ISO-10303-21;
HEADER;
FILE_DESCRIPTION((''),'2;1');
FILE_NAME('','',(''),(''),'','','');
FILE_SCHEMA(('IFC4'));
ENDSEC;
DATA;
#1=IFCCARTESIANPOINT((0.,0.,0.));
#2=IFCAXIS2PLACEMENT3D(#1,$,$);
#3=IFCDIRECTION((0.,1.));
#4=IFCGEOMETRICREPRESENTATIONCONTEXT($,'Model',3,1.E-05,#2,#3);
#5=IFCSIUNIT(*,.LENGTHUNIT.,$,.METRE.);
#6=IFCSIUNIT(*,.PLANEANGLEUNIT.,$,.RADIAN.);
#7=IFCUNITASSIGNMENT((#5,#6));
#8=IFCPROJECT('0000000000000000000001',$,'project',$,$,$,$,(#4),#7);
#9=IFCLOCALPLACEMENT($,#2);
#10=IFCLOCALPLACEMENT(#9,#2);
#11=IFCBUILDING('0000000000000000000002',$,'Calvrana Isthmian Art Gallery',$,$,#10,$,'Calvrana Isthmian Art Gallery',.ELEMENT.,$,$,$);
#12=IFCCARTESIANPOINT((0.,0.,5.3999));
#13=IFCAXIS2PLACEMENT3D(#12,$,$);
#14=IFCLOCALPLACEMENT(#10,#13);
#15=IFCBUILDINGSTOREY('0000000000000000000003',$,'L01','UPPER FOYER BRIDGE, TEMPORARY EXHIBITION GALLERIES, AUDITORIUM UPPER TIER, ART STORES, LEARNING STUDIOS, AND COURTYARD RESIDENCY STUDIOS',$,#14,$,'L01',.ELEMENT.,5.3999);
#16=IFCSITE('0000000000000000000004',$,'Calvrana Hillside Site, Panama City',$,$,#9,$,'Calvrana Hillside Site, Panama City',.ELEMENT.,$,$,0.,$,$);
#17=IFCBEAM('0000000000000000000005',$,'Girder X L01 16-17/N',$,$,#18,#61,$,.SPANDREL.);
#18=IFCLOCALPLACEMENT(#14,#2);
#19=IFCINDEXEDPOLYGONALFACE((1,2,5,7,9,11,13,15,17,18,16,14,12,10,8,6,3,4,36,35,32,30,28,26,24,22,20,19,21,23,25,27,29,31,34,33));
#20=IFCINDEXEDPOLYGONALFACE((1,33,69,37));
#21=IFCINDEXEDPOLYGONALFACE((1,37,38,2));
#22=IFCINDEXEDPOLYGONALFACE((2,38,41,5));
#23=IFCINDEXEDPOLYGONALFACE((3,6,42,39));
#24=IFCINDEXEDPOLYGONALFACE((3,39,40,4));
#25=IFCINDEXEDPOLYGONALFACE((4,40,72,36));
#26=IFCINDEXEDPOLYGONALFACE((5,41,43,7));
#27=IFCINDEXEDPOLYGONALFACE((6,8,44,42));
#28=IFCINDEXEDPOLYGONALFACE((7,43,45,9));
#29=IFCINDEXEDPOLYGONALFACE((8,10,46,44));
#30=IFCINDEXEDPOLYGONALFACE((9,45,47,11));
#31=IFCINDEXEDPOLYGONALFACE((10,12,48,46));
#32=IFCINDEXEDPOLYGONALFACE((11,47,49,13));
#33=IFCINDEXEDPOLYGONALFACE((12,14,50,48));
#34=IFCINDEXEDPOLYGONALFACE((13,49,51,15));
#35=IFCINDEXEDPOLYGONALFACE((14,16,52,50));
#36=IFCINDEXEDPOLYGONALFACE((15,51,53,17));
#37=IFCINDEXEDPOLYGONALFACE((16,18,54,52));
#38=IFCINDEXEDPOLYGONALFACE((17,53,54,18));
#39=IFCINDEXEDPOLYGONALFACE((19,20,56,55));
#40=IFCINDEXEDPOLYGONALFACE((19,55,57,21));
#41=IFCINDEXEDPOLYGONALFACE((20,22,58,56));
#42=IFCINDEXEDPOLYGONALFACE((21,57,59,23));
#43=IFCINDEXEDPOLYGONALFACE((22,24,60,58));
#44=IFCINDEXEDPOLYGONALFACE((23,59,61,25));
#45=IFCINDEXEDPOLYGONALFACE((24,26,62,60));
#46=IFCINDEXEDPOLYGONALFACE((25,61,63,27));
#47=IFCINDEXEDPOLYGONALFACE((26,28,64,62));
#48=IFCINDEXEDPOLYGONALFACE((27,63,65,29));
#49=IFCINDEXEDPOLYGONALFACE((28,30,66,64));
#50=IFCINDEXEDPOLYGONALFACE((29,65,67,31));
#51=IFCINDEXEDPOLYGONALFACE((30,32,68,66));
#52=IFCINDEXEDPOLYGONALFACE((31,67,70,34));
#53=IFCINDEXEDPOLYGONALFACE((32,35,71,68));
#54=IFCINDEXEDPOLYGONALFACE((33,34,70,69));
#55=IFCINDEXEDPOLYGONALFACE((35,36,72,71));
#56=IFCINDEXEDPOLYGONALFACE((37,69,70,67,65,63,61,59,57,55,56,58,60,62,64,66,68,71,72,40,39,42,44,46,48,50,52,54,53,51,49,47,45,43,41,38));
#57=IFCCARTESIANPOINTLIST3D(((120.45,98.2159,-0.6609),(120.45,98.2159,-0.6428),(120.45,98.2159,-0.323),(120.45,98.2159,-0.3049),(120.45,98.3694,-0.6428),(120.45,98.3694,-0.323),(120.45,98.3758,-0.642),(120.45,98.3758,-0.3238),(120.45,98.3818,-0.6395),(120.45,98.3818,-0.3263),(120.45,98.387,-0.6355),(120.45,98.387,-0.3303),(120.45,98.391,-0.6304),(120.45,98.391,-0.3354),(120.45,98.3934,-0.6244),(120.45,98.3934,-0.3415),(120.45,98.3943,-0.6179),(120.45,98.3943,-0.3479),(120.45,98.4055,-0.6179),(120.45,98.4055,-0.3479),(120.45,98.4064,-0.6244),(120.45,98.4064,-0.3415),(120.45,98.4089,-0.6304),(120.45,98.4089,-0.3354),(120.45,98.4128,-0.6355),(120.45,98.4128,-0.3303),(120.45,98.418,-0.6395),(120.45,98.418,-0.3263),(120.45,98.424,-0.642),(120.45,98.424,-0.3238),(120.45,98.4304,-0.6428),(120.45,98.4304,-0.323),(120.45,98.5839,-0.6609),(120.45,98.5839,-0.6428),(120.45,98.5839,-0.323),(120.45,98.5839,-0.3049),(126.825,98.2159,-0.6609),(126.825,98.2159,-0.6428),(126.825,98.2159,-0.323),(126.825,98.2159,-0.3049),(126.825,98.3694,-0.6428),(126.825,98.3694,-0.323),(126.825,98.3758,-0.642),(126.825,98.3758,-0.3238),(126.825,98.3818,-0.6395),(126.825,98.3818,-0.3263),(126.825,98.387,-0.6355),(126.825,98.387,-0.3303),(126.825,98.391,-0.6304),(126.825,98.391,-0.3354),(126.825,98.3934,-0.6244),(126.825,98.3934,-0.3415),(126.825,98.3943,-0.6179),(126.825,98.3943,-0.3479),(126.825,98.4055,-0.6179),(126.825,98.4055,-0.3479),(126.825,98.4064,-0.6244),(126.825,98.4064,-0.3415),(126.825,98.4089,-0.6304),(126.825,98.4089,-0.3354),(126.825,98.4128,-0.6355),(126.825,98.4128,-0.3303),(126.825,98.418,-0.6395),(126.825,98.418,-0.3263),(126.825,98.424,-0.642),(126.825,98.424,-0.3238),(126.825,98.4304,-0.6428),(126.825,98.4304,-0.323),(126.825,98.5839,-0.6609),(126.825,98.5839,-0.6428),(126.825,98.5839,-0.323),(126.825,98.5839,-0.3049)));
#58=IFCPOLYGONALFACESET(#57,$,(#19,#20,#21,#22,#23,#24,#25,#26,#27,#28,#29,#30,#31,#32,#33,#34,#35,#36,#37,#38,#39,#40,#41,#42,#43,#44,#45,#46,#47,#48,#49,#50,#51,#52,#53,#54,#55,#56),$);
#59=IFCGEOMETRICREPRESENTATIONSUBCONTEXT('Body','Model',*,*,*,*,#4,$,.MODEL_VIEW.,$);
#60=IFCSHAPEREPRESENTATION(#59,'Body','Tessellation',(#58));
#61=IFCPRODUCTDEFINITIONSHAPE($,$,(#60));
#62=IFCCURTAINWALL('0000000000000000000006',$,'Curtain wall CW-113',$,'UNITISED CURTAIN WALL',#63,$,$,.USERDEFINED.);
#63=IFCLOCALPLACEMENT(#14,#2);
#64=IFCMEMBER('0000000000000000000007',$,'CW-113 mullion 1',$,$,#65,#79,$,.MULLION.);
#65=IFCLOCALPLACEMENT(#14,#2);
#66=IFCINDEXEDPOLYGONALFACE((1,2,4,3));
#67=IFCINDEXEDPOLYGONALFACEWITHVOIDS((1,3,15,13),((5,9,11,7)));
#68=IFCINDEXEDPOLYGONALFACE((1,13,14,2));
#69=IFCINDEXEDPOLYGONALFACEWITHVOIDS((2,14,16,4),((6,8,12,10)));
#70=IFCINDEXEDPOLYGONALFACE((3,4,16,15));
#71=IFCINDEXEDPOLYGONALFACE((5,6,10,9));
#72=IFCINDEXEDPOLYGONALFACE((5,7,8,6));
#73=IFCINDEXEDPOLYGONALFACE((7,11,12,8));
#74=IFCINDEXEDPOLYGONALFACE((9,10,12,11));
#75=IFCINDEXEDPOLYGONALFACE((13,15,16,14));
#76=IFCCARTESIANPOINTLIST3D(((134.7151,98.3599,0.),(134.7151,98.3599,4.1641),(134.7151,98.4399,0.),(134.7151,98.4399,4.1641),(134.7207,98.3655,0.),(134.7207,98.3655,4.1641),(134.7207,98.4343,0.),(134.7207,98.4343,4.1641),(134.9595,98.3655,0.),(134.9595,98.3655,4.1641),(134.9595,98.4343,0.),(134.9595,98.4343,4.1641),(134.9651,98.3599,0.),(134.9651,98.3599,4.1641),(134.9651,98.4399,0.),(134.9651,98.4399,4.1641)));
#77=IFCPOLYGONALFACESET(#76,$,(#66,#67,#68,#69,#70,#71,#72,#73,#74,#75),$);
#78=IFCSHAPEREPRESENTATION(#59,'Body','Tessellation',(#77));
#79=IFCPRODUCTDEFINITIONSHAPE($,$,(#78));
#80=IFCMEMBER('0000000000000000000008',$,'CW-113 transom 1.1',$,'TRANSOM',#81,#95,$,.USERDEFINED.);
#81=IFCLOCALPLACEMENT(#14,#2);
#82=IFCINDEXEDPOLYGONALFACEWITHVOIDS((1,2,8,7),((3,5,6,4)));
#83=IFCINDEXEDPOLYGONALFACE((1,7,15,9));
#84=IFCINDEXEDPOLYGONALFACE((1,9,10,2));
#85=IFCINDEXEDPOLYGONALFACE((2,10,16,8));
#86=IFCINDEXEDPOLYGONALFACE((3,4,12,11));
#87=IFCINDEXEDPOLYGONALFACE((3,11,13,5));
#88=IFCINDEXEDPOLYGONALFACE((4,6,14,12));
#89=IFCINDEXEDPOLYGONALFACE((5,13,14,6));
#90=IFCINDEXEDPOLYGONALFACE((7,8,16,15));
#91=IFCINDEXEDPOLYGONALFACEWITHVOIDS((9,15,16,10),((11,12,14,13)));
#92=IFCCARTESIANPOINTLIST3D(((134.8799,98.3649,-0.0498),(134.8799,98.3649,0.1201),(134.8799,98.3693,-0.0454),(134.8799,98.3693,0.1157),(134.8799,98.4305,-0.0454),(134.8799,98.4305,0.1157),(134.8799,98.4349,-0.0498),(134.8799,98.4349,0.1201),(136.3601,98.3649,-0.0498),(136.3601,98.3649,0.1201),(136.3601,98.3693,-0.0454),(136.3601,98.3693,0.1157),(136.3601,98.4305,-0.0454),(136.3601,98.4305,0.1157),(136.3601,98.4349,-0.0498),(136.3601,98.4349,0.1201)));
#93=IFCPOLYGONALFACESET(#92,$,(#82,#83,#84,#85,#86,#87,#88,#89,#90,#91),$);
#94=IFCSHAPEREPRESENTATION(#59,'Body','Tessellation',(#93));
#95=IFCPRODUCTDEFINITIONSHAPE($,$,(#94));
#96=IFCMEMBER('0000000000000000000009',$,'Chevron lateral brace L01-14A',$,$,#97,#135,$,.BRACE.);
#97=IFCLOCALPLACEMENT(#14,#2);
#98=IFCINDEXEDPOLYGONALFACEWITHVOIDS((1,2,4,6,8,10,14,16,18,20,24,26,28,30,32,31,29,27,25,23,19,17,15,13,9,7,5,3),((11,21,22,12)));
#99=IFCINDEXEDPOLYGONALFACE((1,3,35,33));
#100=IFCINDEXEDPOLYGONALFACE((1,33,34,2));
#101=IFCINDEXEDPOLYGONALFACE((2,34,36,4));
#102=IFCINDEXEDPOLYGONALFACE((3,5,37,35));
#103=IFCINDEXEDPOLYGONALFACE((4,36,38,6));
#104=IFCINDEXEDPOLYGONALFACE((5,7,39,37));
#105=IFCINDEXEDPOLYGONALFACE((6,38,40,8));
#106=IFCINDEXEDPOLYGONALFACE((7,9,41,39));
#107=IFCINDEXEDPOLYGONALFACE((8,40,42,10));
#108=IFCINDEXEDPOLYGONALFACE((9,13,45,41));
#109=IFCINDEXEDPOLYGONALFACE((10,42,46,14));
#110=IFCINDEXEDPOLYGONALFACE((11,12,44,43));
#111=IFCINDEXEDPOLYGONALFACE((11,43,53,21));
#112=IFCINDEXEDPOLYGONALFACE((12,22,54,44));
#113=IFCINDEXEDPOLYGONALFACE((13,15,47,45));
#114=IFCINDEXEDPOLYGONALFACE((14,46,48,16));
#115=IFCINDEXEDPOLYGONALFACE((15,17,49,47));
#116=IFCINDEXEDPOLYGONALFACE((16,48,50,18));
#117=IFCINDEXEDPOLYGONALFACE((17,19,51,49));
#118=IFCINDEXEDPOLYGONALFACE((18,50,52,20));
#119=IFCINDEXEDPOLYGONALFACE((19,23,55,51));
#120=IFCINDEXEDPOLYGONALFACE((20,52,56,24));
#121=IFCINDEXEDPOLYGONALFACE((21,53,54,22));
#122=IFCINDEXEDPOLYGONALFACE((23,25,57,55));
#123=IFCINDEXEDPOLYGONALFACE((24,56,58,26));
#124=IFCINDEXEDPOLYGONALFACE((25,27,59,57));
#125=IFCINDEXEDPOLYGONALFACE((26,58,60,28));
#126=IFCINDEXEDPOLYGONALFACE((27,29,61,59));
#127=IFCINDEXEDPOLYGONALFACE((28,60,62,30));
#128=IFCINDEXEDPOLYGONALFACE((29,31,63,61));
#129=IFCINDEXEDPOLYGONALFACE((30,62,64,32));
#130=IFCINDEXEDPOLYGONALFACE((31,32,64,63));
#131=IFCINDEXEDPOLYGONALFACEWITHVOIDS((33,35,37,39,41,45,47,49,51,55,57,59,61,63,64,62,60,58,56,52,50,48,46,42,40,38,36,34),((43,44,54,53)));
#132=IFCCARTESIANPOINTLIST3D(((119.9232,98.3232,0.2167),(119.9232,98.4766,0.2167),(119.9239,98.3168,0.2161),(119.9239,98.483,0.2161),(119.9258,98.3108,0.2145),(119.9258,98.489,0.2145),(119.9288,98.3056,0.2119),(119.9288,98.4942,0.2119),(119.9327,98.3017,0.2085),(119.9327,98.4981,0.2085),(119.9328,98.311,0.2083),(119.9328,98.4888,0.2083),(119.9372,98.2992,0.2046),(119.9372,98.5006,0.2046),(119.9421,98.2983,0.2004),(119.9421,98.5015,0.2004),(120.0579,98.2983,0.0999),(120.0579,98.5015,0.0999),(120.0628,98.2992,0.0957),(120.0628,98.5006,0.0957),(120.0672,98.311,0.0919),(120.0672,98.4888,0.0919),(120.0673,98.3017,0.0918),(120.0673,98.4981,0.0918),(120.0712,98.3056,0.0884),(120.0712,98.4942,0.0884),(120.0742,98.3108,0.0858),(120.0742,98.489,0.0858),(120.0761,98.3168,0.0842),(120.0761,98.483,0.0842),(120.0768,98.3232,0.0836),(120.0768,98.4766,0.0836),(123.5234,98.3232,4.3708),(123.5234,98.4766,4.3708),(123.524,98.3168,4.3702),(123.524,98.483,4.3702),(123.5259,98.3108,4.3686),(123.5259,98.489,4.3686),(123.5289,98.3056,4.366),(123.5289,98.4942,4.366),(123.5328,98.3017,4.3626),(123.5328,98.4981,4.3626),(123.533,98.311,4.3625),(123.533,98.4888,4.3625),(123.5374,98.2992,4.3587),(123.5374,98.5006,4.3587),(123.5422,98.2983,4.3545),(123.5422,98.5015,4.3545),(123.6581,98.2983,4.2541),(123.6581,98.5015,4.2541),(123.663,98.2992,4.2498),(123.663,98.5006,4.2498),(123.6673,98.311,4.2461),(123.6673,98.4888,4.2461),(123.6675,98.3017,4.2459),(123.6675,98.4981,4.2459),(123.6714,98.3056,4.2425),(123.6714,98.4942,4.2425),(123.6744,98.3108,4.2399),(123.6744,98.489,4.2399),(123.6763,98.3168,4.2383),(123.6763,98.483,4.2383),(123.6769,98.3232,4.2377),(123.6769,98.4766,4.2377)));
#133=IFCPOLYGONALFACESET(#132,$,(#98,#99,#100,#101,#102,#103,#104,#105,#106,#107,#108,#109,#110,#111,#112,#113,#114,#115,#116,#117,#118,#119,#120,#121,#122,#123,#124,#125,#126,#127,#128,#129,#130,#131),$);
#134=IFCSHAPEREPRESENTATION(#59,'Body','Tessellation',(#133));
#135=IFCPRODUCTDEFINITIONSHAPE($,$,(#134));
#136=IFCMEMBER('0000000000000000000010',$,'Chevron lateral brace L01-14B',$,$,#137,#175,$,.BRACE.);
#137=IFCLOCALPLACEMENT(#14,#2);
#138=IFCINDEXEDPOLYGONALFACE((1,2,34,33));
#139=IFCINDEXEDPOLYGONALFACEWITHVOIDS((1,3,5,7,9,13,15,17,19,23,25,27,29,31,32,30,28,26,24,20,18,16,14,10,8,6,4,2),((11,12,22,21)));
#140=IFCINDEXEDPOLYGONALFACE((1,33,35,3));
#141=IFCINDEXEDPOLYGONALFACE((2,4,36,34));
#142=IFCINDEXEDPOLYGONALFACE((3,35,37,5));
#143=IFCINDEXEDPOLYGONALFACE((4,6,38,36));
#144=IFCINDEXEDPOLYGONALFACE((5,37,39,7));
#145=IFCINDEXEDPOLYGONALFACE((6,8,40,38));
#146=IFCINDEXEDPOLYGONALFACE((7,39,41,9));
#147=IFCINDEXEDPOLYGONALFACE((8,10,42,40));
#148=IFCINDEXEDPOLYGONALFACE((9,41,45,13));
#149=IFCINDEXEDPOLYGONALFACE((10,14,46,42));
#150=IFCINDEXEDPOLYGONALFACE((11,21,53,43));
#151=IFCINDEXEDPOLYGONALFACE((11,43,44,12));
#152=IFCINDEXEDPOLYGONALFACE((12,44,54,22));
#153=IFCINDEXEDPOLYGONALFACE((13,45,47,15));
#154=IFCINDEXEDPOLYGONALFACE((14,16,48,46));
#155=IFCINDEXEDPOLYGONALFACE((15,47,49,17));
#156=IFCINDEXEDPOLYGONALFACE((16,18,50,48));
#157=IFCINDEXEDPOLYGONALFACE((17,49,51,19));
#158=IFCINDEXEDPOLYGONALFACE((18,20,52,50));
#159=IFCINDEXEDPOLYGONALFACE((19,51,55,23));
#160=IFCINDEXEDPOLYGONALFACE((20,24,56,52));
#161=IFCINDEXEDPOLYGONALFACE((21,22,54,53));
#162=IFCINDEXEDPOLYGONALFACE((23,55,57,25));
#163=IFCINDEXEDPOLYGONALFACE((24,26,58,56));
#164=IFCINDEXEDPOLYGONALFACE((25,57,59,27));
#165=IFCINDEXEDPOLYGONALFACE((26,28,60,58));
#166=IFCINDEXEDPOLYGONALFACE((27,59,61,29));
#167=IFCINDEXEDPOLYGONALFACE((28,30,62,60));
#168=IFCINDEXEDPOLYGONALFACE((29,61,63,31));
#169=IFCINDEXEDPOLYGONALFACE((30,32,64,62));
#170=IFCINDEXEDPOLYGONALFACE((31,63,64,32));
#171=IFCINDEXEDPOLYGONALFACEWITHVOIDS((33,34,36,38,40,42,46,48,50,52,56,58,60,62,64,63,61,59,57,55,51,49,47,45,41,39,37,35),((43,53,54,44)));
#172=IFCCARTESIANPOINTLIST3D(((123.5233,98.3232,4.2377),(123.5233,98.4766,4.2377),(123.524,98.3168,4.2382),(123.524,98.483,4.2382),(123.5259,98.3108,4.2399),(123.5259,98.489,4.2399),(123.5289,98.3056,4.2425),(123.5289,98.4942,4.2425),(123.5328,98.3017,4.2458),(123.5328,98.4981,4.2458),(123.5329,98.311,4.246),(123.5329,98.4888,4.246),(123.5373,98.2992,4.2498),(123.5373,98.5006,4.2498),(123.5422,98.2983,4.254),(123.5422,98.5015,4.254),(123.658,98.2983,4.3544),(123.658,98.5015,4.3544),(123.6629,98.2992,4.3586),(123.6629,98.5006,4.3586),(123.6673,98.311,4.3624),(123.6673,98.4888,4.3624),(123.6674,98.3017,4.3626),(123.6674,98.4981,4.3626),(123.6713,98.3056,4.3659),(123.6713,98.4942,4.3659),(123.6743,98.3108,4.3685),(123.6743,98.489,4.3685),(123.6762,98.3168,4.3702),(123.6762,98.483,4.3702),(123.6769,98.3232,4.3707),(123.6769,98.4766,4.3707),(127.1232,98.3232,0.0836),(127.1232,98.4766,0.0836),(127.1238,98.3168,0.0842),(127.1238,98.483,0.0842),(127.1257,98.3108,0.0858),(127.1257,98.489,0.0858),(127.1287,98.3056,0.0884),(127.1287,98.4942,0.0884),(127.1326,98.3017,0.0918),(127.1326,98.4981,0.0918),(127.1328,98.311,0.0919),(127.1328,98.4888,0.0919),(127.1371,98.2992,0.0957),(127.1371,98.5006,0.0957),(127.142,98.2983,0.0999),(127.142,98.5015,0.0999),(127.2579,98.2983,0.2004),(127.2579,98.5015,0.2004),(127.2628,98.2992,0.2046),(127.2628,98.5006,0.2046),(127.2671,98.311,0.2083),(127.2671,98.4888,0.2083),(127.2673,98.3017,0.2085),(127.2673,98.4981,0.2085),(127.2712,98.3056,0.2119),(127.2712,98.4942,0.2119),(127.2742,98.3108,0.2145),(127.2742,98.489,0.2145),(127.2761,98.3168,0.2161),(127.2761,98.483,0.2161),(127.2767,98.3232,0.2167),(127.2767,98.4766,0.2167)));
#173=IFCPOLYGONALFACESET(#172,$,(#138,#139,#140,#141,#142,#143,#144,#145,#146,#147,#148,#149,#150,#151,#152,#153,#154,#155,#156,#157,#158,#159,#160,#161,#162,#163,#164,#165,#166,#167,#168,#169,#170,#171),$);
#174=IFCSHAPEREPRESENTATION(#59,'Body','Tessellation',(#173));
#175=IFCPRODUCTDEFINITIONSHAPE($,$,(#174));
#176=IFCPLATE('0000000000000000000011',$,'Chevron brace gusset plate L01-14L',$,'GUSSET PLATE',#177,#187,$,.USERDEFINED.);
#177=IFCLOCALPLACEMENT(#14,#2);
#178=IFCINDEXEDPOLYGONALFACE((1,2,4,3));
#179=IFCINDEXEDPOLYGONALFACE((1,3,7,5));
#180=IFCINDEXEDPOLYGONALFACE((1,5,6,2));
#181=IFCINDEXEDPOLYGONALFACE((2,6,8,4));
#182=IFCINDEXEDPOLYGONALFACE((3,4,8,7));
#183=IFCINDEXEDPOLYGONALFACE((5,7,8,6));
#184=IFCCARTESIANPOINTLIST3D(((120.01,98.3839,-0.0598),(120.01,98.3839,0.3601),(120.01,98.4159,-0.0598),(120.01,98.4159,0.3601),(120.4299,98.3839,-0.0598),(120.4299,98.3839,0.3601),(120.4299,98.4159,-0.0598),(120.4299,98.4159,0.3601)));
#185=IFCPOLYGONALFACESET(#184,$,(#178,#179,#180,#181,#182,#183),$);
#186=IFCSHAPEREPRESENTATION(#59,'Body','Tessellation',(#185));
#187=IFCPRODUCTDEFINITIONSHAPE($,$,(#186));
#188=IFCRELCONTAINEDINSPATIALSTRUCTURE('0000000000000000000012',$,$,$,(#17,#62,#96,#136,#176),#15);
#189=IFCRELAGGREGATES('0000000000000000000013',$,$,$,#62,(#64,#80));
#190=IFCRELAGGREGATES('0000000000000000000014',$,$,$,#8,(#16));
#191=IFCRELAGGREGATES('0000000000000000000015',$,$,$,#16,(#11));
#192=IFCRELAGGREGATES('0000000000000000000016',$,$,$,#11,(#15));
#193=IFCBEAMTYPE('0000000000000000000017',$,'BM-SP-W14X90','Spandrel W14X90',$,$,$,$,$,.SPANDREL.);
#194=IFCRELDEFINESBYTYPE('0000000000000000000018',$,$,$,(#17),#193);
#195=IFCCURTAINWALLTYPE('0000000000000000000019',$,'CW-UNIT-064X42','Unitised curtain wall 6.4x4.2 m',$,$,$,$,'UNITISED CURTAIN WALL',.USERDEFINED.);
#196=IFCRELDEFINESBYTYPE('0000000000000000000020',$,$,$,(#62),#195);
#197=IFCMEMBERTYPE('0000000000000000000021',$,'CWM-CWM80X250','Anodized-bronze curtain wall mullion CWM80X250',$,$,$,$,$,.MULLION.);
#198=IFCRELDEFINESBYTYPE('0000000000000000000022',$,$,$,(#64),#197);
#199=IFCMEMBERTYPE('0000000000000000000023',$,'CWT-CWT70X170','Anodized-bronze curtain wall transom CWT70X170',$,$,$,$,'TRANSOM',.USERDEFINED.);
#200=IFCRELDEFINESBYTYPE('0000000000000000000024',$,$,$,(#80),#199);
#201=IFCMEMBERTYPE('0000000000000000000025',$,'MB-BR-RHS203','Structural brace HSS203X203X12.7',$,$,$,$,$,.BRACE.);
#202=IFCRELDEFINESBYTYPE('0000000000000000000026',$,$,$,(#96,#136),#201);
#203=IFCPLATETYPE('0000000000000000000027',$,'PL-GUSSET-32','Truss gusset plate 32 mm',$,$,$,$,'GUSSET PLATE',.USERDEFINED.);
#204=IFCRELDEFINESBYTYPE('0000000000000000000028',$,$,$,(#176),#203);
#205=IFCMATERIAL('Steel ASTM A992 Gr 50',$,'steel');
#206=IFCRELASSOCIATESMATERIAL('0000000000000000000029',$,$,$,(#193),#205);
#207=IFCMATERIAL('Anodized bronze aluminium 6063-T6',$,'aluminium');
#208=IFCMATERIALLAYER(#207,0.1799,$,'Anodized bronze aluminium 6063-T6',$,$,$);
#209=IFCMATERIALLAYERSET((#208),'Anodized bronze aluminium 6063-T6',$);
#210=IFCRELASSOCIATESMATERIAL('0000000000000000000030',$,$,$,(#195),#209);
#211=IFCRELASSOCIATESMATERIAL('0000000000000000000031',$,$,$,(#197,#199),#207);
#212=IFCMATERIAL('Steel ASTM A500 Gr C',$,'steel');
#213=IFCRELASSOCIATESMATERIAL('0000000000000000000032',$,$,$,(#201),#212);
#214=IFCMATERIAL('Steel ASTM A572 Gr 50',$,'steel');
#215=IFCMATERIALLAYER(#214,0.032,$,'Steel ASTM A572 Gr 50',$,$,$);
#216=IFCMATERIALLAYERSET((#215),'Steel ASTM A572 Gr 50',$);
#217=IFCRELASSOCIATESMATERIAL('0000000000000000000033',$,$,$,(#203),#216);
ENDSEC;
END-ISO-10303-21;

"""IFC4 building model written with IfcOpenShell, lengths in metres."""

from ifc_helpers import new_model, si_unit, direction, frame, origin, origin_2d, place, context, subcontext, project, spatial, rectangle, hollow_rectangle, i_section, extrude, material, layer, layer_set, material_profile, profile_set, type_object, element, aggregate, save


model = new_model("IFC4")

# Units and contexts
model_context = context("Model", 3, precision=1e-05, world=origin(), true_north=direction((0.0, 1.0)))
body_context = subcontext(model_context, "Body", "Model", "MODEL_VIEW")
ifc_project = project(units=[si_unit("LENGTHUNIT", "METRE"), si_unit("PLANEANGLEUNIT", "RADIAN")], contexts=[model_context])

# Site, building, storey
site_placement = place(None, origin())
site = spatial("IfcSite", under=ifc_project, at=site_placement, Name="Calvrana Hillside Site, Panama City", LongName="Calvrana Hillside Site, Panama City", CompositionType="ELEMENT", RefElevation=0.0)
building_placement = place(site_placement, origin())
building = spatial("IfcBuilding", under=site, at=building_placement, Name="Calvrana Isthmian Art Gallery", LongName="Calvrana Isthmian Art Gallery", CompositionType="ELEMENT")
storey_placement = place(building_placement, frame((0.0, 0.0, 5.3999)))
storey = spatial("IfcBuildingStorey", under=building, at=storey_placement, Name="L01", Description="UPPER FOYER BRIDGE, TEMPORARY EXHIBITION GALLERIES, AUDITORIUM UPPER TIER, ART STORES, LEARNING STUDIOS, AND COURTYARD RESIDENCY STUDIOS", LongName="L01", CompositionType="ELEMENT", Elevation=5.3999)

# Beam
ifc_material_1 = material(Name="Steel ASTM A992 Gr 50", Category="steel")
ifc_material_profile_1 = material_profile(ifc_material_1, i_section(OverallWidth=0.3679, OverallDepth=0.356, WebThickness=0.0112, FlangeThickness=0.0181, FilletRadius=0.0249, at=origin_2d()), Name="W14X90")
ifc_profile_set_1 = profile_set([ifc_material_profile_1], Name="Steel ASTM A992 Gr 50")
beam_type_1 = type_object("IfcBeamType", Name="BM-SP-W14X90", Description="Spandrel W14X90", PredefinedType="SPANDREL", material=ifc_profile_set_1)
beam_1_placement = place(storey_placement, frame((120.45, 98.3999, -0.4829), z_axis=(1.0, 0.0, 0.0), x_axis=(0.0, 1.0, 0.0)))
element("IfcBeam", 1, at=beam_1_placement, inside=storey, type_object=beam_type_1, Name="Girder X L01 16-17/N", PredefinedType="SPANDREL", context=body_context, shape_type="SweptSolid", body=[
    extrude(i_section(OverallWidth=0.3679, OverallDepth=0.356, WebThickness=0.0112, FlangeThickness=0.0181, FilletRadius=0.0249, at=origin_2d()), origin(), (0.0, 0.0, 1.0), 6.375),
])

# Curtain wall, members
ifc_material_2 = material(Name="Anodized bronze aluminium 6063-T6", Category="aluminium")
ifc_layer_1 = layer(ifc_material_2, 0.1799, Name="Anodized bronze aluminium 6063-T6")
ifc_layer_set_1 = layer_set([ifc_layer_1], Name="Anodized bronze aluminium 6063-T6")
curtain_wall_type = type_object("IfcCurtainWallType", Name="CW-UNIT-064X42", Description="Unitised curtain wall 6.4x4.2 m", ElementType="UNITISED CURTAIN WALL", PredefinedType="USERDEFINED", material=ifc_layer_set_1)
curtain_wall_placement = place(storey_placement, origin())
curtain_wall = element("IfcCurtainWall", 2, at=curtain_wall_placement, inside=storey, type_object=curtain_wall_type, Name="Curtain wall CW-113", ObjectType="UNITISED CURTAIN WALL", PredefinedType="USERDEFINED")
ifc_material_profile_2 = material_profile(ifc_material_2, hollow_rectangle(XDim=0.0801, YDim=0.25, WallThickness=0.0056, at=origin_2d()), Name="CWM80X250")
ifc_profile_set_2 = profile_set([ifc_material_profile_2], Name="Anodized bronze aluminium 6063-T6")
member_type_1 = type_object("IfcMemberType", Name="CWM-CWM80X250", Description="Anodized-bronze curtain wall mullion CWM80X250", PredefinedType="MULLION", material=ifc_profile_set_2)
member_1_placement = place(storey_placement, frame((134.8401, 98.3999, 0.0), z_axis=(0.0, 0.0, 1.0), x_axis=(0.0, 1.0, 0.0)))
member_1 = element("IfcMember", 3, at=member_1_placement, type_object=member_type_1, Name="CW-113 mullion 1", PredefinedType="MULLION", context=body_context, shape_type="SweptSolid", body=[
    extrude(hollow_rectangle(XDim=0.0801, YDim=0.25, WallThickness=0.0056, at=origin_2d()), origin(), (0.0, 0.0, 1.0), 4.1641),
])
ifc_material_profile_3 = material_profile(ifc_material_2, hollow_rectangle(XDim=0.0701, YDim=0.1699, WallThickness=0.0044, at=origin_2d()), Name="CWT70X170")
ifc_profile_set_3 = profile_set([ifc_material_profile_3], Name="Anodized bronze aluminium 6063-T6")
member_type_2 = type_object("IfcMemberType", Name="CWT-CWT70X170", Description="Anodized-bronze curtain wall transom CWT70X170", ElementType="TRANSOM", PredefinedType="USERDEFINED", material=ifc_profile_set_3)
member_2_placement = place(storey_placement, frame((134.8799, 98.3999, 0.0352), z_axis=(1.0, 0.0, 0.0), x_axis=(0.0, 1.0, 0.0)))
member_2 = element("IfcMember", 4, at=member_2_placement, type_object=member_type_2, Name="CW-113 transom 1.1", ObjectType="TRANSOM", PredefinedType="USERDEFINED", context=body_context, shape_type="SweptSolid", body=[
    extrude(hollow_rectangle(XDim=0.0701, YDim=0.1699, WallThickness=0.0044, at=origin_2d()), origin(), (0.0, 0.0, 1.0), 1.4802),
])
aggregate(curtain_wall, [member_1, member_2])

# Members
ifc_material_3 = material(Name="Steel ASTM A500 Gr C", Category="steel")
ifc_material_profile_4 = material_profile(ifc_material_3, hollow_rectangle(XDim=0.2031, YDim=0.2031, WallThickness=0.0127, OuterFilletRadius=0.0249, at=origin_2d()), Name="HSS203X203X12.7")
ifc_profile_set_4 = profile_set([ifc_material_profile_4], Name="Steel ASTM A500 Gr C")
member_type_3 = type_object("IfcMemberType", Name="MB-BR-RHS203", Description="Structural brace HSS203X203X12.7", PredefinedType="BRACE", material=ifc_profile_set_4)
member_3_placement = place(storey_placement, frame((120.0, 98.3999, 0.1501), z_axis=(0.654922, 0.0, 0.755696), x_axis=(0.0, 1.0, 0.0)))
element("IfcMember", 5, at=member_3_placement, inside=storey, type_object=member_type_3, Name="Chevron lateral brace L01-14A", PredefinedType="BRACE", context=body_context, shape_type="SweptSolid", body=[
    extrude(hollow_rectangle(XDim=0.2031, YDim=0.2031, WallThickness=0.0127, OuterFilletRadius=0.0249, at=origin_2d()), origin(), (0.0, 0.0, 1.0), 5.4971),
])
member_4_placement = place(storey_placement, frame((127.2, 98.3999, 0.1501), z_axis=(-0.654897, 0.0, 0.755718), x_axis=(0.0, -1.0, 0.0)))
element("IfcMember", 6, at=member_4_placement, inside=storey, type_object=member_type_3, Name="Chevron lateral brace L01-14B", PredefinedType="BRACE", context=body_context, shape_type="SweptSolid", body=[
    extrude(hollow_rectangle(XDim=0.2031, YDim=0.2031, WallThickness=0.0127, OuterFilletRadius=0.0249, at=origin_2d()), origin(), (0.0, 0.0, 1.0), 5.4968),
])

# Plate
ifc_material_4 = material(Name="Steel ASTM A572 Gr 50", Category="steel")
ifc_layer_2 = layer(ifc_material_4, 0.032, Name="Steel ASTM A572 Gr 50")
ifc_layer_set_2 = layer_set([ifc_layer_2], Name="Steel ASTM A572 Gr 50")
plate_type = type_object("IfcPlateType", Name="PL-GUSSET-32", Description="Truss gusset plate 32 mm", ElementType="GUSSET PLATE", PredefinedType="USERDEFINED", material=ifc_layer_set_2)
for number, where, z_axis, x_axis, name in (
    (7, (120.22, 98.3999, -0.0598), (0.0, 0.0, 1.0), (1.0, 0.0, 0.0), "Chevron brace gusset plate L01-14L"),
):
    element("IfcPlate", number, at=place(storey_placement, frame(where, z_axis=z_axis, x_axis=x_axis)), inside=storey, type_object=plate_type, Name=name, ObjectType="GUSSET PLATE", PredefinedType="USERDEFINED", context=body_context, shape_type="SweptSolid", body=[
        extrude(rectangle(XDim=0.4199, YDim=0.032, at=origin_2d()), origin(), (0.0, 0.0, 1.0), 0.4199),
    ])

save(model, "model.ifc")
